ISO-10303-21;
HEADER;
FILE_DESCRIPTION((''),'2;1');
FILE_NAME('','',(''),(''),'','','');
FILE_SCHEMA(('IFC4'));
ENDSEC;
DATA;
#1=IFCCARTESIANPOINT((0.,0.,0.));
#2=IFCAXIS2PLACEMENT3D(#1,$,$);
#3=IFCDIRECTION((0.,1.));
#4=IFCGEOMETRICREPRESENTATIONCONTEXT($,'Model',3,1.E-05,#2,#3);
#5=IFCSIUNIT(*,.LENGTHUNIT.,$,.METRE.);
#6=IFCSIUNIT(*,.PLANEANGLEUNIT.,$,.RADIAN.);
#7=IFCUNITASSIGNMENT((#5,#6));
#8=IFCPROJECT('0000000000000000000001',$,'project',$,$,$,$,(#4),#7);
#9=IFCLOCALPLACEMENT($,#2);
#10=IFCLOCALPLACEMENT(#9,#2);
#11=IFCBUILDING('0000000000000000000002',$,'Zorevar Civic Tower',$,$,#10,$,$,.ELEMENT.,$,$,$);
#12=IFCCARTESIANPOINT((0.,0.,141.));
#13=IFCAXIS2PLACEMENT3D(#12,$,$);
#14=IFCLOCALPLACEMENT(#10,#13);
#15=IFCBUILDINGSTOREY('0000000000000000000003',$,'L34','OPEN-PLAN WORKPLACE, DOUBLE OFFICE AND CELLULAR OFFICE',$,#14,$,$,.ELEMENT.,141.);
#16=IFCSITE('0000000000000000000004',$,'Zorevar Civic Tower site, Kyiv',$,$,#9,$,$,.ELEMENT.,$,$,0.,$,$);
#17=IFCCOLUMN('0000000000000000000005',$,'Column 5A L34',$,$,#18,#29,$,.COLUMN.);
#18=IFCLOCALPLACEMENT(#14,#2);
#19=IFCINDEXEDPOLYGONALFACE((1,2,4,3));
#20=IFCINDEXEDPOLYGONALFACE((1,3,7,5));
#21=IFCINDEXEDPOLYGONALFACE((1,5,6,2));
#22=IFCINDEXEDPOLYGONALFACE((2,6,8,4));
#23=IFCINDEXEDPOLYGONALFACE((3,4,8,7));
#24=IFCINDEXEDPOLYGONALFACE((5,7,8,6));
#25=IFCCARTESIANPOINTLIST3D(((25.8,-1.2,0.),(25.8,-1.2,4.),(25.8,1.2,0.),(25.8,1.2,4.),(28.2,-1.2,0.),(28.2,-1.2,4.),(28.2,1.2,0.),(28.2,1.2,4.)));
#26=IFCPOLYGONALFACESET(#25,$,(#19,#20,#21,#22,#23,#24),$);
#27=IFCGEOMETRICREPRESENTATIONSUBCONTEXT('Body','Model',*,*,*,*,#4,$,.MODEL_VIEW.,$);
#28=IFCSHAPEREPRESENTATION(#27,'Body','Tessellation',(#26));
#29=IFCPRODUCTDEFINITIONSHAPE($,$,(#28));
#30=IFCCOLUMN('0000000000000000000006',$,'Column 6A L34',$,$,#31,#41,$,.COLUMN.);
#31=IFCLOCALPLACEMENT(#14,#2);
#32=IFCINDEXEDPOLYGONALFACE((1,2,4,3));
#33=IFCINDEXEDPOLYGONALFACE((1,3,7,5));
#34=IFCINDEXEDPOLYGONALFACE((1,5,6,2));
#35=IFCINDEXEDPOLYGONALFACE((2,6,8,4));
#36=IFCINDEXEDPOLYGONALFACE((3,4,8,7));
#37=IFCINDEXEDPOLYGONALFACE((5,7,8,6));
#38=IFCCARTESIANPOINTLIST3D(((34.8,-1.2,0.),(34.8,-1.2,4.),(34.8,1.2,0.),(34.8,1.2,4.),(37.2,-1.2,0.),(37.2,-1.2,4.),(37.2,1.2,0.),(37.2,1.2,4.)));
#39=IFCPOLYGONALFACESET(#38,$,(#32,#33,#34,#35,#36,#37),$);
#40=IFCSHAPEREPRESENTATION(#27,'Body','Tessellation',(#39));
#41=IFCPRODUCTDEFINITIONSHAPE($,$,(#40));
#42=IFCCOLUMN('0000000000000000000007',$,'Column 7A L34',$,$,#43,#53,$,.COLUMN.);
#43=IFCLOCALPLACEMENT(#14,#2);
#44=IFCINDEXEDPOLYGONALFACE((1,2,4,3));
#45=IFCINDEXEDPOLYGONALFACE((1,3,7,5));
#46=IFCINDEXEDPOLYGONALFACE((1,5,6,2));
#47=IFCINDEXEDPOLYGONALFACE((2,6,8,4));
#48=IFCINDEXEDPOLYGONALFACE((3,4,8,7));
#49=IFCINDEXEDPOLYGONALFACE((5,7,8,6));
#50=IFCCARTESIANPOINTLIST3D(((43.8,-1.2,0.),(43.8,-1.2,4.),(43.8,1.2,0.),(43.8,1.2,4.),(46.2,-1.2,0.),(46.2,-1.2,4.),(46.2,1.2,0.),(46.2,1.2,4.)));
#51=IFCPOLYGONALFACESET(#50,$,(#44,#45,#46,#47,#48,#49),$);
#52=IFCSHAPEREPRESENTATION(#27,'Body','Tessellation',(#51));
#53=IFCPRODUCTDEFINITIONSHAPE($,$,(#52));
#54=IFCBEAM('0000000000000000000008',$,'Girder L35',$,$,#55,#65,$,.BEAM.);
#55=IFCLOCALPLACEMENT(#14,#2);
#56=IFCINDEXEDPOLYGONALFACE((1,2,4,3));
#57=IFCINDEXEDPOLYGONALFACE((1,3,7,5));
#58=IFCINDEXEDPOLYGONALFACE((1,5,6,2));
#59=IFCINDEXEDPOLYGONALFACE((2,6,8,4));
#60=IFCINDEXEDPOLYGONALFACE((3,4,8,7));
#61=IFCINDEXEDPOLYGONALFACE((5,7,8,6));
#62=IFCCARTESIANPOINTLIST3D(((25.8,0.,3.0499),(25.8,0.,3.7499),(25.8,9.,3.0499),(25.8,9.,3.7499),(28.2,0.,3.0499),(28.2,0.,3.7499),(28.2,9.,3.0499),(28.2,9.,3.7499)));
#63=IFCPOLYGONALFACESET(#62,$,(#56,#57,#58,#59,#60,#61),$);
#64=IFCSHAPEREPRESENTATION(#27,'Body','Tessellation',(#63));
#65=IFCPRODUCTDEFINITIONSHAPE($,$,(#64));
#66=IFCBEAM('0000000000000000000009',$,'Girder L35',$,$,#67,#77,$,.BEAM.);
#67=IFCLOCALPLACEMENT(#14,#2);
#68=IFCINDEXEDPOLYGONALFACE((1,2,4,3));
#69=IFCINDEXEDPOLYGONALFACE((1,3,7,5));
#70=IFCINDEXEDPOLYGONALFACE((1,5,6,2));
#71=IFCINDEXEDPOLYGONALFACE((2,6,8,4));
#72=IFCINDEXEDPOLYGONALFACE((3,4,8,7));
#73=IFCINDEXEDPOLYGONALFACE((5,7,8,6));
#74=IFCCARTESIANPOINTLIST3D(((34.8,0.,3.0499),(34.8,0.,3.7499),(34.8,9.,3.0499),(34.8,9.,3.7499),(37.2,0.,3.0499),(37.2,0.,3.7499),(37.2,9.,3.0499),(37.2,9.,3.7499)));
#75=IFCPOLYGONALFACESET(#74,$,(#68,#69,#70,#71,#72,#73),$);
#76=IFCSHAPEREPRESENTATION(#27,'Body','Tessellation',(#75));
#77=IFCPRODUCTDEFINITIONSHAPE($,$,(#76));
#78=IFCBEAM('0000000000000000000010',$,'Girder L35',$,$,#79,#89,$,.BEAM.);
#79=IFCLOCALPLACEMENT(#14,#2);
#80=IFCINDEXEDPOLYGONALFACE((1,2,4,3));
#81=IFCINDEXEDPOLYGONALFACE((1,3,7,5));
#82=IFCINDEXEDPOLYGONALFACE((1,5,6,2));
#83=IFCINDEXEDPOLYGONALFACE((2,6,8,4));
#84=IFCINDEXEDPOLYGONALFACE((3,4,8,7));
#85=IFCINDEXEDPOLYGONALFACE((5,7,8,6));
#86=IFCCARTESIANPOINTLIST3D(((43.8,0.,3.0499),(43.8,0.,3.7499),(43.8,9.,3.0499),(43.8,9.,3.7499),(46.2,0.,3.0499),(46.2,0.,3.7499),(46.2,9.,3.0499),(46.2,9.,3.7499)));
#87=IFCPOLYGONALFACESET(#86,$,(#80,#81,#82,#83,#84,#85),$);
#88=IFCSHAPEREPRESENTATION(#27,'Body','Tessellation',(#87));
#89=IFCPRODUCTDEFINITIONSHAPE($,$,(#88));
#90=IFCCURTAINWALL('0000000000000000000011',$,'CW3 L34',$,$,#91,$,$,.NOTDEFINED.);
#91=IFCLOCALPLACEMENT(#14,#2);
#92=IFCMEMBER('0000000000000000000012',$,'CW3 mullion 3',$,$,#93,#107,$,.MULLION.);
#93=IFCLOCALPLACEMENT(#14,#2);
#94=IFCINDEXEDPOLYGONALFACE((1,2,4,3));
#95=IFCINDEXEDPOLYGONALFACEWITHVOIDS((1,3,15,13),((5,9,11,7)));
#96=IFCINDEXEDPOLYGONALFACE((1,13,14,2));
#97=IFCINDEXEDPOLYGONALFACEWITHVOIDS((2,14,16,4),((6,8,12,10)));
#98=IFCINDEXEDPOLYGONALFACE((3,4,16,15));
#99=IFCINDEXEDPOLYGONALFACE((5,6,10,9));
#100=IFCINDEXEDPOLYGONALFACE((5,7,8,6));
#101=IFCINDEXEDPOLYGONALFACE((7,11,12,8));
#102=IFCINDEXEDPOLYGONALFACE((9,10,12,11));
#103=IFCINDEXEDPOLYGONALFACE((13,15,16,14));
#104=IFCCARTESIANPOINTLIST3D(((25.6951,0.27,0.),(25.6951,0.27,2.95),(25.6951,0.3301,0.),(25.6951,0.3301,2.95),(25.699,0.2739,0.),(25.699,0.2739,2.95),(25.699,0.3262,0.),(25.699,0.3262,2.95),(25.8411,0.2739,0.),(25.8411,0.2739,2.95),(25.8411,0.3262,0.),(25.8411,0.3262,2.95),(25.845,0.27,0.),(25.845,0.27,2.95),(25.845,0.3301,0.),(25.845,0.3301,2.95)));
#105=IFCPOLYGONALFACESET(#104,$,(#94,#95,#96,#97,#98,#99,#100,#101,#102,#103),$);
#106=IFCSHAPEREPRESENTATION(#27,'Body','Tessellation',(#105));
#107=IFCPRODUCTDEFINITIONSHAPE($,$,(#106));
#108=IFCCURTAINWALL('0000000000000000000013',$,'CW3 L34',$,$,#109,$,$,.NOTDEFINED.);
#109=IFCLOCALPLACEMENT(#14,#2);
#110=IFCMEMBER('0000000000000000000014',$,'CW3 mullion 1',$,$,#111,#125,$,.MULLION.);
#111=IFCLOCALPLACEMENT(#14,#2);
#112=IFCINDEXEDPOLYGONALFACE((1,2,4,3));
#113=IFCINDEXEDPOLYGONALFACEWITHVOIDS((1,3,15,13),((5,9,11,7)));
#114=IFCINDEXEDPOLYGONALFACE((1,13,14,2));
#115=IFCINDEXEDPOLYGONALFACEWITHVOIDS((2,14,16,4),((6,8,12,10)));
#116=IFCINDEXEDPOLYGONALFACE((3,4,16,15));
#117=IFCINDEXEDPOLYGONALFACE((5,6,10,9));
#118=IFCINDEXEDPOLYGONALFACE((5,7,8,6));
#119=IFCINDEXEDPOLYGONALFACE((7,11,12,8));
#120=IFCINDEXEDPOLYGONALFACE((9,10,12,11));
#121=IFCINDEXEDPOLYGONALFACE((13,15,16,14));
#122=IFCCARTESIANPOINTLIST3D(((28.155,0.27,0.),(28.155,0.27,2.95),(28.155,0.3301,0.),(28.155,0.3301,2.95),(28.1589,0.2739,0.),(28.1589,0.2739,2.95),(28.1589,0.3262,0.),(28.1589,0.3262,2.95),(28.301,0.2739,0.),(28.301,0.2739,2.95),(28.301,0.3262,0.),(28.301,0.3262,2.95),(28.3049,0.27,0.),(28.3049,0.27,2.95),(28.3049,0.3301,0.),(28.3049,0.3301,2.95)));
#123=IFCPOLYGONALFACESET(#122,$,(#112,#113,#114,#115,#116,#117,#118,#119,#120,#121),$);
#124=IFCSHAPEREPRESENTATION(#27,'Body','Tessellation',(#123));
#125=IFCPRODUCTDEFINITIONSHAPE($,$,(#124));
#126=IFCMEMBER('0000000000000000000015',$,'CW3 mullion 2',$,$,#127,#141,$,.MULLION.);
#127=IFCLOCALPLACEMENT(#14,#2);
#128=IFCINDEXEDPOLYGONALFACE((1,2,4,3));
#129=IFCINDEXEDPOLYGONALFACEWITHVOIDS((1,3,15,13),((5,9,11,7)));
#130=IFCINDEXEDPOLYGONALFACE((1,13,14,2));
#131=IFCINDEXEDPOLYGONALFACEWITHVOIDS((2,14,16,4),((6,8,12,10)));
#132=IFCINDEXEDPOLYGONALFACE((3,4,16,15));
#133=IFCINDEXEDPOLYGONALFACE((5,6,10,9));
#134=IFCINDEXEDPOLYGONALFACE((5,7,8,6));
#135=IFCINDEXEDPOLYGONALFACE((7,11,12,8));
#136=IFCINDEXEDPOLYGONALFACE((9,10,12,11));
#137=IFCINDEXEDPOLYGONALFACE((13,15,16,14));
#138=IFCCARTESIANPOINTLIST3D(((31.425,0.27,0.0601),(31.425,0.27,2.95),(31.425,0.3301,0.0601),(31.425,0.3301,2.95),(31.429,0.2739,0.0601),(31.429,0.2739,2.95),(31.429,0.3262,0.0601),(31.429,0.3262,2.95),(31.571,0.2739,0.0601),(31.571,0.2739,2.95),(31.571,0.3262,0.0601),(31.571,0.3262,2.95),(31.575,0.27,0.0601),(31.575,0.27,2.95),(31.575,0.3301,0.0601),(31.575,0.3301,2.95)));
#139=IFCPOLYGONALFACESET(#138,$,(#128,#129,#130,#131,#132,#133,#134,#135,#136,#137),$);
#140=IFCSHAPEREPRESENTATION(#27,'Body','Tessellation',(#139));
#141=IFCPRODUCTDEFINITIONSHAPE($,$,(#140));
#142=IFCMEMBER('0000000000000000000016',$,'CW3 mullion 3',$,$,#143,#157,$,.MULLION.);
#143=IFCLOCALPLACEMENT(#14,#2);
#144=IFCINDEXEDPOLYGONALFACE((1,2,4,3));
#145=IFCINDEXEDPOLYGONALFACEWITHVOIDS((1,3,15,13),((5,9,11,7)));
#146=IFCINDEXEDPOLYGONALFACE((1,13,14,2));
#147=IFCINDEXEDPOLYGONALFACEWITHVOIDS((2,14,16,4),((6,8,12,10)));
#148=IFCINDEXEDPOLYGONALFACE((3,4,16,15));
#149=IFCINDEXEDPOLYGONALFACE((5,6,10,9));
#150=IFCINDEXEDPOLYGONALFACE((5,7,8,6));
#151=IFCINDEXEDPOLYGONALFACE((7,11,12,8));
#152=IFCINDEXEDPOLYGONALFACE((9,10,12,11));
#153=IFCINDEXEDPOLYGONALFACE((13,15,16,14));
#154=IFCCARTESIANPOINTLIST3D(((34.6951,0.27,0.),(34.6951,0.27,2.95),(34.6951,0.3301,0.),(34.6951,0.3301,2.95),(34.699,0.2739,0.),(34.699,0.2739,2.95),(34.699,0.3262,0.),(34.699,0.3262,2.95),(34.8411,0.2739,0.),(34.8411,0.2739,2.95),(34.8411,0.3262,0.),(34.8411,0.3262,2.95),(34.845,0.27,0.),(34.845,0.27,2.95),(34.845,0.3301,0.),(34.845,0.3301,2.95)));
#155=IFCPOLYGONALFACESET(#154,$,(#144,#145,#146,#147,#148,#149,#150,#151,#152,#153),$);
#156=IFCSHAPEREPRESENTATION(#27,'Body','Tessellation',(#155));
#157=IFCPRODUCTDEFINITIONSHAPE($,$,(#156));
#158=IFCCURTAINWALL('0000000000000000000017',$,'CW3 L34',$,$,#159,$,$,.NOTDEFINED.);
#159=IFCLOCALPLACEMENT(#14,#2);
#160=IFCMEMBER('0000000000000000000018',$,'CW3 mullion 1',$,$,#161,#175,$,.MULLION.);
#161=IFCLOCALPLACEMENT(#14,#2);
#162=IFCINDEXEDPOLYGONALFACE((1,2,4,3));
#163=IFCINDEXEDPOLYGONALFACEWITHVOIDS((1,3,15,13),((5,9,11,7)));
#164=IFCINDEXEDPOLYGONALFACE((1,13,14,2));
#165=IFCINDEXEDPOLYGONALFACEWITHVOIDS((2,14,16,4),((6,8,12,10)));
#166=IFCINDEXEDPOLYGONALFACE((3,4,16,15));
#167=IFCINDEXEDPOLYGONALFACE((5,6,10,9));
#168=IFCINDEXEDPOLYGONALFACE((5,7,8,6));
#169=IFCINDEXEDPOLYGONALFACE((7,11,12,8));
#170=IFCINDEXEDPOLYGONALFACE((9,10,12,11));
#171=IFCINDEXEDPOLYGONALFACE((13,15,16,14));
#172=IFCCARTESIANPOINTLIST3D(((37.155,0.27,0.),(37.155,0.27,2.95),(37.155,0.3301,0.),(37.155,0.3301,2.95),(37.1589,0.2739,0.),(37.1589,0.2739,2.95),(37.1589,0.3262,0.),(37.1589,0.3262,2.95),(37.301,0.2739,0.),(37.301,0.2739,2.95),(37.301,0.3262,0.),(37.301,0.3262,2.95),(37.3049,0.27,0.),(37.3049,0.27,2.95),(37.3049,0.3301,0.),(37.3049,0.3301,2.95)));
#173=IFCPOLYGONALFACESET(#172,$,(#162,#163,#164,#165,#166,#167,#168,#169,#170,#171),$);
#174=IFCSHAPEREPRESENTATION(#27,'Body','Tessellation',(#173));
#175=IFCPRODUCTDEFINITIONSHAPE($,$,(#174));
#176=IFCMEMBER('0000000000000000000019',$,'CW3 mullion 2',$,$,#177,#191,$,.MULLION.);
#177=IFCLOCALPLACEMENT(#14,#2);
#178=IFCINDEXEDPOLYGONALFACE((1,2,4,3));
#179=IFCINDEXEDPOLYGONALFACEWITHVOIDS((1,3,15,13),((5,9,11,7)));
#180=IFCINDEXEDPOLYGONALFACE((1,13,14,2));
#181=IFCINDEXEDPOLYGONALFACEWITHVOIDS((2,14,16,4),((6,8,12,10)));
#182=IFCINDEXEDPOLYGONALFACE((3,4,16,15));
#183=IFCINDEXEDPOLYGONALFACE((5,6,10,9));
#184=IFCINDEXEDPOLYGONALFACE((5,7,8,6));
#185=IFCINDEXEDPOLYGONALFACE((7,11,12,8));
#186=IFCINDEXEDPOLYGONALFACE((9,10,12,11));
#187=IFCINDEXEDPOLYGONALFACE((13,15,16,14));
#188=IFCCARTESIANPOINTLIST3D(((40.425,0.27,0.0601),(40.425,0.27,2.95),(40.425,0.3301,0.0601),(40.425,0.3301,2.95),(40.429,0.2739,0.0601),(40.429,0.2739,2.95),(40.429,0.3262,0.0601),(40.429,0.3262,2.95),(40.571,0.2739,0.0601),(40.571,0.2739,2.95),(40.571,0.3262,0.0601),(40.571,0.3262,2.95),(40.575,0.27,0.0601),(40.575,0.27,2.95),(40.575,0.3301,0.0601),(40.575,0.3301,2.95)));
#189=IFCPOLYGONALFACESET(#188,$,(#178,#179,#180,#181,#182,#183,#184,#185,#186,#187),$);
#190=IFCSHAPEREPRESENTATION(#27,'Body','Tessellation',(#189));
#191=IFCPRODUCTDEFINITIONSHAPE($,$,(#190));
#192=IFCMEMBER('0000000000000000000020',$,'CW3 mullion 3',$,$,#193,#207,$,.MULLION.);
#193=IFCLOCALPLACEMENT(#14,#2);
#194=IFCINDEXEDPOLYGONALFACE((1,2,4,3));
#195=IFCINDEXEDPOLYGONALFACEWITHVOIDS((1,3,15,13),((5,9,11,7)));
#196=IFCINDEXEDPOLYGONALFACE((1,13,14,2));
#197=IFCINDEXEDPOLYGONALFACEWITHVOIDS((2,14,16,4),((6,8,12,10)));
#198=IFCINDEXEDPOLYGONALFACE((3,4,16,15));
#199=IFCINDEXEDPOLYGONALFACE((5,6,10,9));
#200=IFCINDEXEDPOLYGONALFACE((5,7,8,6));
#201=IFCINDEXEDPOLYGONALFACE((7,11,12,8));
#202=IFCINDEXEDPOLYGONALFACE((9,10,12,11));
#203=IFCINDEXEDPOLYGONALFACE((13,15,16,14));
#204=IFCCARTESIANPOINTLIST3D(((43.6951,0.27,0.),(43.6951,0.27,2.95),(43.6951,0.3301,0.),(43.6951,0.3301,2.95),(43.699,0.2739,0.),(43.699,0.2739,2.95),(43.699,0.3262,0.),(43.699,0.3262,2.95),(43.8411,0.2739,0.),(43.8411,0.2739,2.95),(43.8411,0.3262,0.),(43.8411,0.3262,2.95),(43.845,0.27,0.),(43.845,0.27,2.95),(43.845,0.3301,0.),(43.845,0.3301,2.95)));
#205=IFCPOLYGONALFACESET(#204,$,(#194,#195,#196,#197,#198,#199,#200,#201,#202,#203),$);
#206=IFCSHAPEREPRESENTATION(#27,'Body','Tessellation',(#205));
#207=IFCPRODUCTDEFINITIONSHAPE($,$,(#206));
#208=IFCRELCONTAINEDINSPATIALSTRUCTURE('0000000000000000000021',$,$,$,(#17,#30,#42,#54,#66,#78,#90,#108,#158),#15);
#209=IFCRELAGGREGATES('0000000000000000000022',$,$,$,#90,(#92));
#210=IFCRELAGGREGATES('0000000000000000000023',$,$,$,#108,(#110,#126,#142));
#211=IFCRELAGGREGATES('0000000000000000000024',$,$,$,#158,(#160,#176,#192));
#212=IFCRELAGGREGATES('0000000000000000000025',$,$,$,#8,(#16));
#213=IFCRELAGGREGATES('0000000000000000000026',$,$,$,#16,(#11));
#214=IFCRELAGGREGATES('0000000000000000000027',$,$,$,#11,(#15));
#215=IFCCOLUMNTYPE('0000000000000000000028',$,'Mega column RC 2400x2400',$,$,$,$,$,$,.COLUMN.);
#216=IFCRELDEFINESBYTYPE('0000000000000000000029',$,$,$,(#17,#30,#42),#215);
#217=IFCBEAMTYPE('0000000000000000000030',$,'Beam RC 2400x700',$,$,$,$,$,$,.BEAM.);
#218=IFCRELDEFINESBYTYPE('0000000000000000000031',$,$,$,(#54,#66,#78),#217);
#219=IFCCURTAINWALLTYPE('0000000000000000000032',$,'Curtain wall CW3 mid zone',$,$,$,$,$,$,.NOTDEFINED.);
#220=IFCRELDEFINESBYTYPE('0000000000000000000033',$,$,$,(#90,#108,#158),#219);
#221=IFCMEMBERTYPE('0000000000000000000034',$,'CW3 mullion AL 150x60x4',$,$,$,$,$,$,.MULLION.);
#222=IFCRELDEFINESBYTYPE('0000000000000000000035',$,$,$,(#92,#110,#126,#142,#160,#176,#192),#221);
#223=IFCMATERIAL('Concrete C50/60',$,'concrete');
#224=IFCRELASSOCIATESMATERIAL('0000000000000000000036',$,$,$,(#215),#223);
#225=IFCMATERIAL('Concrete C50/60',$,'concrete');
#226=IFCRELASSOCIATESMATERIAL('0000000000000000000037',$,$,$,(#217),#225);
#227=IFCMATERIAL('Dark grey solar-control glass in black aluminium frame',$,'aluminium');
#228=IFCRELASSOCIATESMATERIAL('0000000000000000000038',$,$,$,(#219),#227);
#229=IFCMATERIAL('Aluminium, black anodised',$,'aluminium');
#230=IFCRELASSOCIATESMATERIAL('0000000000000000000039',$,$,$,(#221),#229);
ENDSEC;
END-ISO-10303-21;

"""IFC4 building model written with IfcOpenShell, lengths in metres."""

from ifc_helpers import new_model, si_unit, direction, frame, origin, origin_2d, place, context, subcontext, project, spatial, rectangle, hollow_rectangle, extrude, material, material_profile, profile_set, type_object, element, aggregate, save


model = new_model("IFC4")

# Units and contexts
model_context = context("Model", 3, precision=1e-05, world=origin(), true_north=direction((0.0, 1.0)))
body_context = subcontext(model_context, "Body", "Model", "MODEL_VIEW")
ifc_project = project(units=[si_unit("LENGTHUNIT", "METRE"), si_unit("PLANEANGLEUNIT", "RADIAN")], contexts=[model_context])

# Site, building, storey
site_placement = place(None, origin())
site = spatial("IfcSite", under=ifc_project, at=site_placement, Name="Zorevar Civic Tower site, Kyiv", CompositionType="ELEMENT", RefElevation=0.0)
building_placement = place(site_placement, origin())
building = spatial("IfcBuilding", under=site, at=building_placement, Name="Zorevar Civic Tower", CompositionType="ELEMENT")
storey_placement = place(building_placement, frame((0.0, 0.0, 141.0)))
storey = spatial("IfcBuildingStorey", under=building, at=storey_placement, Name="L34", Description="OPEN-PLAN WORKPLACE, DOUBLE OFFICE AND CELLULAR OFFICE", CompositionType="ELEMENT", Elevation=141.0)

# Columns
ifc_material_1 = material(Name="Concrete C50/60", Category="concrete")
ifc_material_profile_1 = material_profile(ifc_material_1, rectangle(XDim=2.3999, YDim=2.3999, at=origin_2d()), Name="RC 2400x2400")
ifc_profile_set_1 = profile_set([ifc_material_profile_1], Name="Concrete C50/60")
column_type = type_object("IfcColumnType", Name="Mega column RC 2400x2400", PredefinedType="COLUMN", material=ifc_profile_set_1)
for number, where, z_axis, x_axis, name in (
    (1, (27.0, 0.0, 0.0), (0.0, 0.0, 1.0), (1.0, 0.0, 0.0), "Column 5A L34"),
    (2, (36.0, 0.0, 0.0), (0.0, 0.0, 1.0), (1.0, 0.0, 0.0), "Column 6A L34"),
    (3, (45.0, 0.0, 0.0), (0.0, 0.0, 1.0), (1.0, 0.0, 0.0), "Column 7A L34"),
):
    element("IfcColumn", number, at=place(storey_placement, frame(where, z_axis=z_axis, x_axis=x_axis)), inside=storey, type_object=column_type, Name=name, PredefinedType="COLUMN", context=body_context, shape_type="SweptSolid", body=[
        extrude(rectangle(XDim=2.3999, YDim=2.3999, at=origin_2d()), origin(), (0.0, 0.0, 1.0), 4.0),
    ])

# Beams
ifc_material_2 = material(Name="Concrete C50/60", Category="concrete")
ifc_material_profile_2 = material_profile(ifc_material_2, rectangle(XDim=2.3999, YDim=0.7, at=origin_2d()), Name="RC 2400x700")
ifc_profile_set_2 = profile_set([ifc_material_profile_2], Name="Concrete C50/60")
beam_type_1 = type_object("IfcBeamType", Name="Beam RC 2400x700", PredefinedType="BEAM", material=ifc_profile_set_2)
for number, where, z_axis, x_axis, name in (
    (4, (27.0, 0.0, 3.3999), (0.0, 1.0, 0.0), (-1.0, 0.0, 0.0), "Girder L35"),
    (5, (36.0, 0.0, 3.3999), (0.0, 1.0, 0.0), (-1.0, 0.0, 0.0), "Girder L35"),
    (6, (45.0, 0.0, 3.3999), (0.0, 1.0, 0.0), (-1.0, 0.0, 0.0), "Girder L35"),
):
    element("IfcBeam", number, at=place(storey_placement, frame(where, z_axis=z_axis, x_axis=x_axis)), inside=storey, type_object=beam_type_1, Name=name, PredefinedType="BEAM", context=body_context, shape_type="SweptSolid", body=[
        extrude(rectangle(XDim=2.3999, YDim=0.7, at=origin_2d()), origin(), (0.0, 0.0, 1.0), 9.0),
    ])

# Curtain wall, member
ifc_material_3 = material(Name="Dark grey solar-control glass in black aluminium frame", Category="aluminium")
curtain_wall_type = type_object("IfcCurtainWallType", Name="Curtain wall CW3 mid zone", PredefinedType="NOTDEFINED", material=ifc_material_3)
curtain_wall_1_placement = place(storey_placement, origin())
curtain_wall_1 = element("IfcCurtainWall", 7, at=curtain_wall_1_placement, inside=storey, type_object=curtain_wall_type, Name="CW3 L34", PredefinedType="NOTDEFINED")
ifc_material_4 = material(Name="Aluminium, black anodised", Category="aluminium")
ifc_material_profile_3 = material_profile(ifc_material_4, hollow_rectangle(XDim=0.0601, YDim=0.1499, WallThickness=0.0039, at=origin_2d()), Name="AL 150x60x4")
ifc_profile_set_3 = profile_set([ifc_material_profile_3], Name="Aluminium, black anodised")
member_type_1 = type_object("IfcMemberType", Name="CW3 mullion AL 150x60x4", PredefinedType="MULLION", material=ifc_profile_set_3)
member_1_placement = place(storey_placement, frame((25.77, 0.3, 0.0), z_axis=(0.0, 0.0, 1.0), x_axis=(0.0, 1.0, 0.0)))
member_1 = element("IfcMember", 8, at=member_1_placement, type_object=member_type_1, Name="CW3 mullion 3", PredefinedType="MULLION", context=body_context, shape_type="SweptSolid", body=[
    extrude(hollow_rectangle(XDim=0.0601, YDim=0.1499, WallThickness=0.0039, at=origin_2d()), origin(), (0.0, 0.0, 1.0), 2.95),
])
aggregate(curtain_wall_1, [member_1])

# Curtain walls, members
curtain_wall_2_placement = place(storey_placement, origin())
curtain_wall_2 = element("IfcCurtainWall", 9, at=curtain_wall_2_placement, inside=storey, type_object=curtain_wall_type, Name="CW3 L34", PredefinedType="NOTDEFINED")
member_2_placement = place(storey_placement, frame((28.23, 0.3, 0.0), z_axis=(0.0, 0.0, 1.0), x_axis=(0.0, 1.0, 0.0)))
member_2 = element("IfcMember", 10, at=member_2_placement, type_object=member_type_1, Name="CW3 mullion 1", PredefinedType="MULLION", context=body_context, shape_type="SweptSolid", body=[
    extrude(hollow_rectangle(XDim=0.0601, YDim=0.1499, WallThickness=0.0039, at=origin_2d()), origin(), (0.0, 0.0, 1.0), 2.95),
])
member_3_placement = place(storey_placement, frame((31.5, 0.3, 0.0601), z_axis=(0.0, 0.0, 1.0), x_axis=(0.0, 1.0, 0.0)))
member_3 = element("IfcMember", 11, at=member_3_placement, type_object=member_type_1, Name="CW3 mullion 2", PredefinedType="MULLION", context=body_context, shape_type="SweptSolid", body=[
    extrude(hollow_rectangle(XDim=0.0601, YDim=0.1499, WallThickness=0.0039, at=origin_2d()), origin(), (0.0, 0.0, 1.0), 2.8899),
])
member_4_placement = place(storey_placement, frame((34.77, 0.3, 0.0), z_axis=(0.0, 0.0, 1.0), x_axis=(0.0, 1.0, 0.0)))
member_4 = element("IfcMember", 12, at=member_4_placement, type_object=member_type_1, Name="CW3 mullion 3", PredefinedType="MULLION", context=body_context, shape_type="SweptSolid", body=[
    extrude(hollow_rectangle(XDim=0.0601, YDim=0.1499, WallThickness=0.0039, at=origin_2d()), origin(), (0.0, 0.0, 1.0), 2.95),
])
curtain_wall_3_placement = place(storey_placement, origin())
curtain_wall_3 = element("IfcCurtainWall", 13, at=curtain_wall_3_placement, inside=storey, type_object=curtain_wall_type, Name="CW3 L34", PredefinedType="NOTDEFINED")
member_5_placement = place(storey_placement, frame((37.23, 0.3, 0.0), z_axis=(0.0, 0.0, 1.0), x_axis=(0.0, 1.0, 0.0)))
member_5 = element("IfcMember", 14, at=member_5_placement, type_object=member_type_1, Name="CW3 mullion 1", PredefinedType="MULLION", context=body_context, shape_type="SweptSolid", body=[
    extrude(hollow_rectangle(XDim=0.0601, YDim=0.1499, WallThickness=0.0039, at=origin_2d()), origin(), (0.0, 0.0, 1.0), 2.95),
])
member_6_placement = place(storey_placement, frame((40.5, 0.3, 0.0601), z_axis=(0.0, 0.0, 1.0), x_axis=(0.0, 1.0, 0.0)))
member_6 = element("IfcMember", 15, at=member_6_placement, type_object=member_type_1, Name="CW3 mullion 2", PredefinedType="MULLION", context=body_context, shape_type="SweptSolid", body=[
    extrude(hollow_rectangle(XDim=0.0601, YDim=0.1499, WallThickness=0.0039, at=origin_2d()), origin(), (0.0, 0.0, 1.0), 2.8899),
])
member_7_placement = place(storey_placement, frame((43.77, 0.3, 0.0), z_axis=(0.0, 0.0, 1.0), x_axis=(0.0, 1.0, 0.0)))
member_7 = element("IfcMember", 16, at=member_7_placement, type_object=member_type_1, Name="CW3 mullion 3", PredefinedType="MULLION", context=body_context, shape_type="SweptSolid", body=[
    extrude(hollow_rectangle(XDim=0.0601, YDim=0.1499, WallThickness=0.0039, at=origin_2d()), origin(), (0.0, 0.0, 1.0), 2.95),
])

aggregate(curtain_wall_2, [member_2, member_3, member_4])
aggregate(curtain_wall_3, [member_5, member_6, member_7])

save(model, "model.ifc")
